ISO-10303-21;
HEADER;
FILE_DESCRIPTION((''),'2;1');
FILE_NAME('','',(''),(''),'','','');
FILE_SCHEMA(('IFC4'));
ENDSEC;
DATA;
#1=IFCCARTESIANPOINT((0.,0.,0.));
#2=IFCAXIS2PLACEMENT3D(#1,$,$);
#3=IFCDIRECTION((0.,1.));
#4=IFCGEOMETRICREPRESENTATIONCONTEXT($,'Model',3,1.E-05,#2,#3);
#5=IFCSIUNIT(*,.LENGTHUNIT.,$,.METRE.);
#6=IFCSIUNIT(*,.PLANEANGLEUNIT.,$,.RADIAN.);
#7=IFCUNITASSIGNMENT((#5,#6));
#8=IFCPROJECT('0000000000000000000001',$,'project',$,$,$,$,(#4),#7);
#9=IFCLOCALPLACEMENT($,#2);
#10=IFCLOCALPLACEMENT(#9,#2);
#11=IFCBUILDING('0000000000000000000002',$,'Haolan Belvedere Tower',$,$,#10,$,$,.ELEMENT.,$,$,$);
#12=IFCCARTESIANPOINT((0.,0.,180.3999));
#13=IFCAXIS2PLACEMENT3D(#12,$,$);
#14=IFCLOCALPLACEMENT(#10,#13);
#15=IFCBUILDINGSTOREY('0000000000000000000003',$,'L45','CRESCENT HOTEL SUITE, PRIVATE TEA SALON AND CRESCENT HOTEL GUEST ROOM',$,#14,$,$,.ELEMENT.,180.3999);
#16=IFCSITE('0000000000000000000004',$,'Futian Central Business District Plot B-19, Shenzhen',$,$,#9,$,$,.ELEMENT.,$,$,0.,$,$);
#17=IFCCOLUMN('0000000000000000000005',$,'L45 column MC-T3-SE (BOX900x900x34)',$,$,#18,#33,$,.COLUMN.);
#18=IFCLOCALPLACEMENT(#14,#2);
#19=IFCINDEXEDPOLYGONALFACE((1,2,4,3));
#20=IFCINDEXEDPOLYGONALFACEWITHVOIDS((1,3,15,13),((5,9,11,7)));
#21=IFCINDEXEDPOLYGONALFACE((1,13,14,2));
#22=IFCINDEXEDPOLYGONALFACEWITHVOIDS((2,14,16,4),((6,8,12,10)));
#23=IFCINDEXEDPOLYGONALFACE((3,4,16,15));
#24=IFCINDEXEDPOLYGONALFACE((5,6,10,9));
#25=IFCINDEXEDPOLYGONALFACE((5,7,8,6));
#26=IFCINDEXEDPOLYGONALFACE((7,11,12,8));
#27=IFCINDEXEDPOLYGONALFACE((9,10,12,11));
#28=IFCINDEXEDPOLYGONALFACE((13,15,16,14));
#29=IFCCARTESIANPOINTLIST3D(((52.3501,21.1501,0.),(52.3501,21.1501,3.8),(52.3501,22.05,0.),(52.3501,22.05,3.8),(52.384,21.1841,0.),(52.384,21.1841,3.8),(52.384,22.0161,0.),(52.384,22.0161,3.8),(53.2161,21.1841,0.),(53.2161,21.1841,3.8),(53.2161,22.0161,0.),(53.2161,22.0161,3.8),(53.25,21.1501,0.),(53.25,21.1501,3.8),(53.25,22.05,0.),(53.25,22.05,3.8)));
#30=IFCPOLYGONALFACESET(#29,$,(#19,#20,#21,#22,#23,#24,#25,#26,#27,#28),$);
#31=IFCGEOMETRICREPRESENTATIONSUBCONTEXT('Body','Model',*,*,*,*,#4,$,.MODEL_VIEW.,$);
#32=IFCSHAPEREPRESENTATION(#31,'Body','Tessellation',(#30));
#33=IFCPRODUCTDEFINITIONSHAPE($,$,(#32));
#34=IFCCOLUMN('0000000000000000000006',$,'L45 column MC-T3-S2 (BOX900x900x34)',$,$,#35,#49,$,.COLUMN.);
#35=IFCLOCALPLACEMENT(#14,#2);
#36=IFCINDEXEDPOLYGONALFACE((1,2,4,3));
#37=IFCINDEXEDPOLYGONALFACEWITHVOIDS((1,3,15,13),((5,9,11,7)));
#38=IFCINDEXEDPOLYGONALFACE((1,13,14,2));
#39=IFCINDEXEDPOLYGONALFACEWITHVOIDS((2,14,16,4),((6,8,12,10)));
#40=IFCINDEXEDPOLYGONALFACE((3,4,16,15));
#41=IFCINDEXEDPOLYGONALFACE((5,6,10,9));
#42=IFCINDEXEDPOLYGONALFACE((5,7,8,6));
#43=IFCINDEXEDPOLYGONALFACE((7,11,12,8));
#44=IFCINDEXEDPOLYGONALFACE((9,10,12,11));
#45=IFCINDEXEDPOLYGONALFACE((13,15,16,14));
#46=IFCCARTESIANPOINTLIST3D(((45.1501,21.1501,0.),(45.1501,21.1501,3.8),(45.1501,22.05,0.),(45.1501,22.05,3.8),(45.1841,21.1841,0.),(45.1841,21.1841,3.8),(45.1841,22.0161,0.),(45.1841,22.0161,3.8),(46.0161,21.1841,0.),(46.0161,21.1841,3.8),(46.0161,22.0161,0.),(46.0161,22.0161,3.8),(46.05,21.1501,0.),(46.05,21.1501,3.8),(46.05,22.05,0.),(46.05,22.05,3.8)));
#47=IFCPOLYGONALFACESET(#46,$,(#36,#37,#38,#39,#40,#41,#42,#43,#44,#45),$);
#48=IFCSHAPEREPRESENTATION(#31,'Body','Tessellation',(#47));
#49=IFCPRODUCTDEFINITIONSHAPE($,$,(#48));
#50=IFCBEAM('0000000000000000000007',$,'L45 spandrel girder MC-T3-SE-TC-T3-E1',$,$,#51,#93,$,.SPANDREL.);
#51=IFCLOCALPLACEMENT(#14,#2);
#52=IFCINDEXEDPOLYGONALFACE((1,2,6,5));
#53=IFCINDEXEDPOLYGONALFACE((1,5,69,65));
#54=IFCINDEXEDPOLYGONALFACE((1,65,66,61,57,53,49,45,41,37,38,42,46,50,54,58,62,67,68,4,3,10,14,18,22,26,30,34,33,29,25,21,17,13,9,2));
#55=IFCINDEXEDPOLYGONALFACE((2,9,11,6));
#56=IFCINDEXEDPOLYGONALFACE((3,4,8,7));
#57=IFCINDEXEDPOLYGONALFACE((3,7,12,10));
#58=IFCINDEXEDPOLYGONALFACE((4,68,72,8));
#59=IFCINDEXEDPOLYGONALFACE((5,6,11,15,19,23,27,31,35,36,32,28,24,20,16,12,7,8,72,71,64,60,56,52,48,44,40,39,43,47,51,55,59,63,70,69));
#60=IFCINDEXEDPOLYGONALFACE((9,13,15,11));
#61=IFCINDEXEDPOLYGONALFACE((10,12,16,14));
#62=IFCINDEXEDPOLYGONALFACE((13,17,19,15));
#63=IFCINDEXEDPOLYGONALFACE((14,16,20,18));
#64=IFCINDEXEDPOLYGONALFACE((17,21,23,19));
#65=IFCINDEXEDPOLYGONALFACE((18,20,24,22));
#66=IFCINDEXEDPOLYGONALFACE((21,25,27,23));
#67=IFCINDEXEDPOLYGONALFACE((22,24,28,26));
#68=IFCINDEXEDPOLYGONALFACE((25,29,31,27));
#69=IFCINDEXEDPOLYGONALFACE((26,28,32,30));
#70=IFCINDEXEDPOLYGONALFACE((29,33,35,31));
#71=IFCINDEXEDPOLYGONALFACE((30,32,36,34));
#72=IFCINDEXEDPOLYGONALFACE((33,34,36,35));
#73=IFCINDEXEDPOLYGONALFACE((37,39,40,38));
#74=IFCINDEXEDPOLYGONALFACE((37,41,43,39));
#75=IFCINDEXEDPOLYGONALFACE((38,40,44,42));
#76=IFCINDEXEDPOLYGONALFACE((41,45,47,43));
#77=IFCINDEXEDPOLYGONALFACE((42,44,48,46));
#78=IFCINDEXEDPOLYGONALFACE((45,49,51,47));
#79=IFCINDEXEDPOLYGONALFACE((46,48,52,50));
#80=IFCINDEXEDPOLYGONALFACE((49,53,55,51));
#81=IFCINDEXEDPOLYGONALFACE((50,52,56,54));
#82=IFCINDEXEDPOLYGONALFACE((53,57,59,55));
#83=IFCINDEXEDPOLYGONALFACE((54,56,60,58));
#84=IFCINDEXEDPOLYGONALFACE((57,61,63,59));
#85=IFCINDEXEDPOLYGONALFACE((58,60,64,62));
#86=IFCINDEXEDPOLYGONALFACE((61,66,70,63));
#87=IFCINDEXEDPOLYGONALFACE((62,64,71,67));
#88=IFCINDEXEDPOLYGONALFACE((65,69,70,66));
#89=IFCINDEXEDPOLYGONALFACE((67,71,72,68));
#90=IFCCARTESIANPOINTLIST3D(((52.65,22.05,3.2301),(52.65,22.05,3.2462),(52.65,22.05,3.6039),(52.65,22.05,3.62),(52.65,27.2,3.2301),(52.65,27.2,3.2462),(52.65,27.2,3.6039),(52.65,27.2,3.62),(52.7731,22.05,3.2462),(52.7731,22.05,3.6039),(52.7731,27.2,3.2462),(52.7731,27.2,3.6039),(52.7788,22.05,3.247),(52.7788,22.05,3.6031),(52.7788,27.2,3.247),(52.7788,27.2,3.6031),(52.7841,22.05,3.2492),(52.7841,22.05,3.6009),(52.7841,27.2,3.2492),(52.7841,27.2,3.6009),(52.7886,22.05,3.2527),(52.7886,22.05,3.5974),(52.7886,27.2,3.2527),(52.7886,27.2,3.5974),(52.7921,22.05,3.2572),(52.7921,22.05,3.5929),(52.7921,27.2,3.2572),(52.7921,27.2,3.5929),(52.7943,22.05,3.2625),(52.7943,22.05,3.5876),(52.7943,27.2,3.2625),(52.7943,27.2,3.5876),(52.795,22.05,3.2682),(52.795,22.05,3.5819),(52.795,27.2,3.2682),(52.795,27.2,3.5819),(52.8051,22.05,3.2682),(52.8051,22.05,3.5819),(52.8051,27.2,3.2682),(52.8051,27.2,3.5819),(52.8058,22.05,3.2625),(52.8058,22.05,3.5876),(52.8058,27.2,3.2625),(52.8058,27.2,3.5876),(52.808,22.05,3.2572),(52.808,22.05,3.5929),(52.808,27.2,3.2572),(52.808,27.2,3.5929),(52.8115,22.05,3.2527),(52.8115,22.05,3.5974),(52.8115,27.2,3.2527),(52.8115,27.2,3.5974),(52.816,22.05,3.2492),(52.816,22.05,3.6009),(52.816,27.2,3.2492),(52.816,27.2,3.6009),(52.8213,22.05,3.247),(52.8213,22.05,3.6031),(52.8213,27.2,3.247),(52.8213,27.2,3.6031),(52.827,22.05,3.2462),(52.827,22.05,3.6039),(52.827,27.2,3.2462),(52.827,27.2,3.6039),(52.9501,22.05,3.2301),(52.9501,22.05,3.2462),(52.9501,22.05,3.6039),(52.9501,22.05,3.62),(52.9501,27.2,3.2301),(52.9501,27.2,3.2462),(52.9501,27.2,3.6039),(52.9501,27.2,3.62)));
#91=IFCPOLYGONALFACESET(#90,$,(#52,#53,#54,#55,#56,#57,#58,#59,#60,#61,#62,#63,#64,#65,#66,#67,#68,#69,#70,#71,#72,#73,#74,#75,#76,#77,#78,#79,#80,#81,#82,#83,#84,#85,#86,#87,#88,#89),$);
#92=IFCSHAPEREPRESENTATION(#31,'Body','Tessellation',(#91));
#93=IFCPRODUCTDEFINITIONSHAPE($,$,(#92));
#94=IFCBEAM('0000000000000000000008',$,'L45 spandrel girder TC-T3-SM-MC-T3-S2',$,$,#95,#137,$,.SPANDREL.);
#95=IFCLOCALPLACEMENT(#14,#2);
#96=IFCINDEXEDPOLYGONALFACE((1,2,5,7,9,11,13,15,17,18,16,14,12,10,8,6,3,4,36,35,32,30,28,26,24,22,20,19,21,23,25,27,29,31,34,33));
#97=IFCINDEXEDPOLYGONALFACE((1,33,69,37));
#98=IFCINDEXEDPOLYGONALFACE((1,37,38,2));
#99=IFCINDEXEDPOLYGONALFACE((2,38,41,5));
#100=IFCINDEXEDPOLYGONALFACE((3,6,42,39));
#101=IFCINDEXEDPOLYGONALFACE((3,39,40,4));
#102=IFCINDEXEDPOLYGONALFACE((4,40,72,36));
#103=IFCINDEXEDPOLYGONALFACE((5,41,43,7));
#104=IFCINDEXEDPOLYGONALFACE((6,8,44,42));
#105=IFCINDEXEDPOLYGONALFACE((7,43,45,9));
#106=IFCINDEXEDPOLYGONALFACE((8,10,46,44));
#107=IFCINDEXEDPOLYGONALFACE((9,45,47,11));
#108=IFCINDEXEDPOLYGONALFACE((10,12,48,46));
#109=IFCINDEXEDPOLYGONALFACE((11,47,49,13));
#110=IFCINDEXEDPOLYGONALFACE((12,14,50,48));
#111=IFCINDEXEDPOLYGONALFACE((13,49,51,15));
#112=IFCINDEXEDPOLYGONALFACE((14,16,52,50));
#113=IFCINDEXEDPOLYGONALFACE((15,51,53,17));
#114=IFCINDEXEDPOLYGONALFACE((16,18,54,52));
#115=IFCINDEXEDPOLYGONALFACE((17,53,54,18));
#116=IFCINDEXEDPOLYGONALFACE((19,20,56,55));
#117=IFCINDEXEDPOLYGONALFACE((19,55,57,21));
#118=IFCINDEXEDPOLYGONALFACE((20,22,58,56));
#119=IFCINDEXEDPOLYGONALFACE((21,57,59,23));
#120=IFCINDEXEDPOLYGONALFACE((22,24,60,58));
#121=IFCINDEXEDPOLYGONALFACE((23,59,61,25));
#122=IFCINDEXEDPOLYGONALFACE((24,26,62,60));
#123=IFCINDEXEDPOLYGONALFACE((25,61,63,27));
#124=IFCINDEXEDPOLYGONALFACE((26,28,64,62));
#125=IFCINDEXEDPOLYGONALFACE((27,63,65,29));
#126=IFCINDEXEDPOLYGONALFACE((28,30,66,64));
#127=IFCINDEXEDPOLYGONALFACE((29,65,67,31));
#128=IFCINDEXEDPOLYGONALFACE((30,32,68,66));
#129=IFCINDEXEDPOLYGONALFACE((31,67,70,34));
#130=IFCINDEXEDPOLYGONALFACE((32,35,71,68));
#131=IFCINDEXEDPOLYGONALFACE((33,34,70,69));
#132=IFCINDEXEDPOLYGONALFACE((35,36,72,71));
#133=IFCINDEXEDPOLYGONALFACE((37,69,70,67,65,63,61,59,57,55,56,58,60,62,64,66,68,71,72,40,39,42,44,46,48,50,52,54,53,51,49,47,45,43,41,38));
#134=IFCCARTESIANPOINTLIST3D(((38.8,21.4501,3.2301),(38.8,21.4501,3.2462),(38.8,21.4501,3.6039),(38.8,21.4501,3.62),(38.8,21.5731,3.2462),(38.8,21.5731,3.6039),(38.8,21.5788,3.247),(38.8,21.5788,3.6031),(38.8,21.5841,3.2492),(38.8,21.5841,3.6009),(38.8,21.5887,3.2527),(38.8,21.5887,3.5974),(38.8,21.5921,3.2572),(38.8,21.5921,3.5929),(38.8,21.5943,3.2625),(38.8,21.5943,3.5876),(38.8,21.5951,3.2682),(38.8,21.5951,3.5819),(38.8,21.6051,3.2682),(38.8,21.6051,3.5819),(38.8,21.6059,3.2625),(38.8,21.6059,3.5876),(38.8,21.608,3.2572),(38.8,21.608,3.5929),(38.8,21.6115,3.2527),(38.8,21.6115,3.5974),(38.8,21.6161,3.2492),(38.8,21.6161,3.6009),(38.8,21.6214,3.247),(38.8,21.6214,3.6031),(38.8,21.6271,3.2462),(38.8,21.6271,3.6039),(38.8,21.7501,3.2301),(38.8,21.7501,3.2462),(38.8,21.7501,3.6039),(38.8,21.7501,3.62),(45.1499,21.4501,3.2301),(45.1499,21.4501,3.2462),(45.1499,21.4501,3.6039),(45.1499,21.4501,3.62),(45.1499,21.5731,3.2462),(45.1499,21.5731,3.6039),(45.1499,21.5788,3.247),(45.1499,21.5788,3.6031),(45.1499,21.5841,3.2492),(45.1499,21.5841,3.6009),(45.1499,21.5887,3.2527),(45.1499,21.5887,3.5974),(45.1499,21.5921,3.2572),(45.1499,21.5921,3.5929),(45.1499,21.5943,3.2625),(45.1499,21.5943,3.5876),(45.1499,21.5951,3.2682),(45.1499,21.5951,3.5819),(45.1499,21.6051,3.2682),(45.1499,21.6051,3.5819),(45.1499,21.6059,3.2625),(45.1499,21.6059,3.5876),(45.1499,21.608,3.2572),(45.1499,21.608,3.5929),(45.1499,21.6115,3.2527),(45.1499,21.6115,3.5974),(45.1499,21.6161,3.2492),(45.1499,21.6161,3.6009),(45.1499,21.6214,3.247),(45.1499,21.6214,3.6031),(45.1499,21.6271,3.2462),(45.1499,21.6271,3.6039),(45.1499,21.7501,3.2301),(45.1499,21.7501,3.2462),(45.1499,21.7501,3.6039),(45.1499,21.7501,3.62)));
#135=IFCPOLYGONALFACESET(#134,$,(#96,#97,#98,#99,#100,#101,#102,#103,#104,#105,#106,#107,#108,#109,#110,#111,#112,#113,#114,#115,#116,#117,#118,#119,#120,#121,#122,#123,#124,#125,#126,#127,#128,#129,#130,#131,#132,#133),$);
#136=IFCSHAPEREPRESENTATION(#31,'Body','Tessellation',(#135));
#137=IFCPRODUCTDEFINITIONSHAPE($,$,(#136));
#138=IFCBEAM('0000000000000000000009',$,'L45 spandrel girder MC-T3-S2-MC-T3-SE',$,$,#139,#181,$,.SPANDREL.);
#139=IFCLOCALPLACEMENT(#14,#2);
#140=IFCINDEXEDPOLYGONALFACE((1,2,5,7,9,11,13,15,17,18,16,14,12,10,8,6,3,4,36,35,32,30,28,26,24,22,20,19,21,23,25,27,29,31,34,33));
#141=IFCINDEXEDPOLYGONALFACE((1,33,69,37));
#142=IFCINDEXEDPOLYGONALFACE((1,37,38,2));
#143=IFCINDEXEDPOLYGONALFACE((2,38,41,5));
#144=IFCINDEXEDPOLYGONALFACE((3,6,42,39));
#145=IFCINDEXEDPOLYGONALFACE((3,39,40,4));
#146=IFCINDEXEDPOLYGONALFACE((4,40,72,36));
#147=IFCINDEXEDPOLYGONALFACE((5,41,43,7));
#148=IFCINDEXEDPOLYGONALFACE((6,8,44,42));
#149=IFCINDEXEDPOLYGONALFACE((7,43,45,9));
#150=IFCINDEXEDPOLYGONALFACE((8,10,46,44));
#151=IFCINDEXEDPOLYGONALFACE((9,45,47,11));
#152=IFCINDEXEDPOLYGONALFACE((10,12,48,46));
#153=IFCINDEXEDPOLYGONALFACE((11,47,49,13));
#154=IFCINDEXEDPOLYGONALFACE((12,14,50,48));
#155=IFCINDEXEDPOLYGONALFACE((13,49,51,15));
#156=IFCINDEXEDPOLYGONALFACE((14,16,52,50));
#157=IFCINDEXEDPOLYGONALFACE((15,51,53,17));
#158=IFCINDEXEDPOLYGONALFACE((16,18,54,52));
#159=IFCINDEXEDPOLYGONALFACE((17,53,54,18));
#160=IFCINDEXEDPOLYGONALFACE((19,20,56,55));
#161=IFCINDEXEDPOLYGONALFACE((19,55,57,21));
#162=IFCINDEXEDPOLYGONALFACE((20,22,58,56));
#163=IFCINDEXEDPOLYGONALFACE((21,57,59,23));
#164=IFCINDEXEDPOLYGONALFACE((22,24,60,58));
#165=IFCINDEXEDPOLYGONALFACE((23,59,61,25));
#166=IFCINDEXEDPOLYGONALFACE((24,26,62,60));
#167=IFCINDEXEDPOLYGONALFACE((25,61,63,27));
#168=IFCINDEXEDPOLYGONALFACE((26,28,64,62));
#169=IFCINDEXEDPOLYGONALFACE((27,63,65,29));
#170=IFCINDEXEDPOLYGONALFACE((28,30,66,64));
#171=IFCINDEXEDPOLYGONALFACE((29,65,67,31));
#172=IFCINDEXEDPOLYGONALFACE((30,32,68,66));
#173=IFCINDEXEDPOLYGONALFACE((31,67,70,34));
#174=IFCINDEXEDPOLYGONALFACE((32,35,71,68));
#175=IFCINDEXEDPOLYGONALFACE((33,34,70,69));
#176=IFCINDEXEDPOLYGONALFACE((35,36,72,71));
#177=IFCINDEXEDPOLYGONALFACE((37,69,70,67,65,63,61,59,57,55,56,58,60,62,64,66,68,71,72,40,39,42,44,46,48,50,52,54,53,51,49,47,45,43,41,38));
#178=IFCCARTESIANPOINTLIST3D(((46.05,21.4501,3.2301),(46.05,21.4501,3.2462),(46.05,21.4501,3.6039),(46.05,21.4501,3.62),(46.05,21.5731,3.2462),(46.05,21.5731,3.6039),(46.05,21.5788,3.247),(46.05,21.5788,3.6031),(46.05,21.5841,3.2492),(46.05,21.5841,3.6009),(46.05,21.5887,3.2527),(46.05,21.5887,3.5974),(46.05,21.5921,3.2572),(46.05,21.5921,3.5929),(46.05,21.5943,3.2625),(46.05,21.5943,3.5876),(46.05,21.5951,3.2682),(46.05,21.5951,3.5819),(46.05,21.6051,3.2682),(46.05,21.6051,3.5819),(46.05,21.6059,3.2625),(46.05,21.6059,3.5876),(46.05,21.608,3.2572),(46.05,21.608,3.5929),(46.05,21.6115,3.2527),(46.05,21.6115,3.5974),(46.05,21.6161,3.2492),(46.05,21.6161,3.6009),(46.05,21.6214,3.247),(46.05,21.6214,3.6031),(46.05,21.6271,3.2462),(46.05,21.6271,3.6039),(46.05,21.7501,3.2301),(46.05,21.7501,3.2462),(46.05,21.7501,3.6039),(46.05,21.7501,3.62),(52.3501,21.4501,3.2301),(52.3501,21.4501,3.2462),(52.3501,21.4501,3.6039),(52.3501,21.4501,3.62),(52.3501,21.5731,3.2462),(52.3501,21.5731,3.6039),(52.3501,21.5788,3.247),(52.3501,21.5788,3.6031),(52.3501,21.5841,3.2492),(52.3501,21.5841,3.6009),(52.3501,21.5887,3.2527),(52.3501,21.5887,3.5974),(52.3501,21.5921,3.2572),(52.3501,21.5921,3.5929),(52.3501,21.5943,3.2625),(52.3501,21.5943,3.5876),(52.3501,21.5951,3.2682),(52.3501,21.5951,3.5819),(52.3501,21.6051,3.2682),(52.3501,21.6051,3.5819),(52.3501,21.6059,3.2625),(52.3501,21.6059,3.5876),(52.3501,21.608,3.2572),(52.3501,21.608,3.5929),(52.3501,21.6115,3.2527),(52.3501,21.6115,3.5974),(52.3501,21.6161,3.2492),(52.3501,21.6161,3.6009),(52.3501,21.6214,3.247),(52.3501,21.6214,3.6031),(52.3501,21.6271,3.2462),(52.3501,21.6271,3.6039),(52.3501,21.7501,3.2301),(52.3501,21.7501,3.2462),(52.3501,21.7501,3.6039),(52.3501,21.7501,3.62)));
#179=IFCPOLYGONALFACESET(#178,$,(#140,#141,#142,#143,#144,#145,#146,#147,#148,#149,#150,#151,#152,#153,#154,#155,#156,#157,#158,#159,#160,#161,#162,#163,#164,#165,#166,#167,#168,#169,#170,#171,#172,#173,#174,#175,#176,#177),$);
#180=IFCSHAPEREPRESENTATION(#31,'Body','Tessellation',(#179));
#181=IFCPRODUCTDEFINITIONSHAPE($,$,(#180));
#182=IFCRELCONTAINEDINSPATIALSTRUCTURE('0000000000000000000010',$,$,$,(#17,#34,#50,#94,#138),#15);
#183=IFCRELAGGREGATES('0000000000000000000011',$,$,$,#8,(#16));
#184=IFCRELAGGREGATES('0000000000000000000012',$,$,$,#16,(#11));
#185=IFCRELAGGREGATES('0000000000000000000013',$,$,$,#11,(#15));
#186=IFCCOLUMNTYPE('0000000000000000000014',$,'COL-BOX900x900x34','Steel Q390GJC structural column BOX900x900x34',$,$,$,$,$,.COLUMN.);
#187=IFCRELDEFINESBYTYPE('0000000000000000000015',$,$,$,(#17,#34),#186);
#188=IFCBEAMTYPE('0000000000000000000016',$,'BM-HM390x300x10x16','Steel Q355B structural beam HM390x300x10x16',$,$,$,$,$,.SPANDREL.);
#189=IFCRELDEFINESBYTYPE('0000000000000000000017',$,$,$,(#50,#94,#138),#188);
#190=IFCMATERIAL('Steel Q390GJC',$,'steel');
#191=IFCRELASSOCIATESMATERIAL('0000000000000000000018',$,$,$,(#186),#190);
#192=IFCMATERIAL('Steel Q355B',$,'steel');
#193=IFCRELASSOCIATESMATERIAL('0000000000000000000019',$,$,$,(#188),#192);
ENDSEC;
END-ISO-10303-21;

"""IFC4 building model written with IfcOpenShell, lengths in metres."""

from ifc_helpers import new_model, si_unit, direction, frame, origin, origin_2d, place, context, subcontext, project, spatial, hollow_rectangle, i_section, extrude, material, material_profile, profile_set, type_object, element, save


model = new_model("IFC4")

# Units and contexts
model_context = context("Model", 3, precision=1e-05, world=origin(), true_north=direction((0.0, 1.0)))
body_context = subcontext(model_context, "Body", "Model", "MODEL_VIEW")
ifc_project = project(units=[si_unit("LENGTHUNIT", "METRE"), si_unit("PLANEANGLEUNIT", "RADIAN")], contexts=[model_context])

# Site, building, storey
site_placement = place(None, origin())
site = spatial("IfcSite", under=ifc_project, at=site_placement, Name="Futian Central Business District Plot B-19, Shenzhen", CompositionType="ELEMENT", RefElevation=0.0)
building_placement = place(site_placement, origin())
building = spatial("IfcBuilding", under=site, at=building_placement, Name="Haolan Belvedere Tower", CompositionType="ELEMENT")
storey_placement = place(building_placement, frame((0.0, 0.0, 180.3999)))
storey = spatial("IfcBuildingStorey", under=building, at=storey_placement, Name="L45", Description="CRESCENT HOTEL SUITE, PRIVATE TEA SALON AND CRESCENT HOTEL GUEST ROOM", CompositionType="ELEMENT", Elevation=180.3999)

# Columns
ifc_material_1 = material(Name="Steel Q390GJC", Category="steel")
ifc_material_profile_1 = material_profile(ifc_material_1, hollow_rectangle(XDim=0.8999, YDim=0.8999, WallThickness=0.0339, at=origin_2d()), Name="Steel Q390GJC")
ifc_profile_set_1 = profile_set([ifc_material_profile_1], Name="Steel Q390GJC")
column_type = type_object("IfcColumnType", Name="COL-BOX900x900x34", Description="Steel Q390GJC structural column BOX900x900x34", PredefinedType="COLUMN", material=ifc_profile_set_1)
for number, where, z_axis, x_axis, name in (
    (1, (52.8, 21.6001, 0.0), (0.0, 0.0, 1.0), (1.0, 0.0, 0.0), "L45 column MC-T3-SE (BOX900x900x34)"),
    (2, (45.6001, 21.6001, 0.0), (0.0, 0.0, 1.0), (1.0, 0.0, 0.0), "L45 column MC-T3-S2 (BOX900x900x34)"),
):
    element("IfcColumn", number, at=place(storey_placement, frame(where, z_axis=z_axis, x_axis=x_axis)), inside=storey, type_object=column_type, Name=name, PredefinedType="COLUMN", context=body_context, shape_type="SweptSolid", body=[
        extrude(hollow_rectangle(XDim=0.8999, YDim=0.8999, WallThickness=0.0339, at=origin_2d()), origin(), (0.0, 0.0, 1.0), 3.8),
    ])

# Beams
ifc_material_2 = material(Name="Steel Q355B", Category="steel")
ifc_material_profile_2 = material_profile(ifc_material_2, i_section(OverallWidth=0.3, OverallDepth=0.3899, WebThickness=0.01, FlangeThickness=0.0161, FilletRadius=0.022, at=origin_2d()), Name="Steel Q355B")
ifc_profile_set_2 = profile_set([ifc_material_profile_2], Name="Steel Q355B")
beam_type_1 = type_object("IfcBeamType", Name="BM-HM390x300x10x16", Description="Steel Q355B structural beam HM390x300x10x16", PredefinedType="SPANDREL", material=ifc_profile_set_2)
beam_1_placement = place(storey_placement, frame((52.8, 22.05, 3.425), z_axis=(0.0, 1.0, 0.0), x_axis=(-1.0, 0.0, 0.0)))
element("IfcBeam", 3, at=beam_1_placement, inside=storey, type_object=beam_type_1, Name="L45 spandrel girder MC-T3-SE-TC-T3-E1", PredefinedType="SPANDREL", context=body_context, shape_type="SweptSolid", body=[
    extrude(i_section(OverallWidth=0.3, OverallDepth=0.3899, WebThickness=0.01, FlangeThickness=0.0161, FilletRadius=0.022, at=origin_2d()), origin(), (0.0, 0.0, 1.0), 5.1499),
])
beam_2_placement = place(storey_placement, frame((38.8, 21.6001, 3.425), z_axis=(1.0, 0.0, 0.0), x_axis=(0.0, 1.0, 0.0)))
element("IfcBeam", 4, at=beam_2_placement, inside=storey, type_object=beam_type_1, Name="L45 spandrel girder TC-T3-SM-MC-T3-S2", PredefinedType="SPANDREL", context=body_context, shape_type="SweptSolid", body=[
    extrude(i_section(OverallWidth=0.3, OverallDepth=0.3899, WebThickness=0.01, FlangeThickness=0.0161, FilletRadius=0.022, at=origin_2d()), origin(), (0.0, 0.0, 1.0), 6.3499),
])
beam_3_placement = place(storey_placement, frame((46.05, 21.6001, 3.425), z_axis=(1.0, 0.0, 0.0), x_axis=(0.0, 1.0, 0.0)))
element("IfcBeam", 5, at=beam_3_placement, inside=storey, type_object=beam_type_1, Name="L45 spandrel girder MC-T3-S2-MC-T3-SE", PredefinedType="SPANDREL", context=body_context, shape_type="SweptSolid", body=[
    extrude(i_section(OverallWidth=0.3, OverallDepth=0.3899, WebThickness=0.01, FlangeThickness=0.0161, FilletRadius=0.022, at=origin_2d()), origin(), (0.0, 0.0, 1.0), 6.3),
])

save(model, "model.ifc")
